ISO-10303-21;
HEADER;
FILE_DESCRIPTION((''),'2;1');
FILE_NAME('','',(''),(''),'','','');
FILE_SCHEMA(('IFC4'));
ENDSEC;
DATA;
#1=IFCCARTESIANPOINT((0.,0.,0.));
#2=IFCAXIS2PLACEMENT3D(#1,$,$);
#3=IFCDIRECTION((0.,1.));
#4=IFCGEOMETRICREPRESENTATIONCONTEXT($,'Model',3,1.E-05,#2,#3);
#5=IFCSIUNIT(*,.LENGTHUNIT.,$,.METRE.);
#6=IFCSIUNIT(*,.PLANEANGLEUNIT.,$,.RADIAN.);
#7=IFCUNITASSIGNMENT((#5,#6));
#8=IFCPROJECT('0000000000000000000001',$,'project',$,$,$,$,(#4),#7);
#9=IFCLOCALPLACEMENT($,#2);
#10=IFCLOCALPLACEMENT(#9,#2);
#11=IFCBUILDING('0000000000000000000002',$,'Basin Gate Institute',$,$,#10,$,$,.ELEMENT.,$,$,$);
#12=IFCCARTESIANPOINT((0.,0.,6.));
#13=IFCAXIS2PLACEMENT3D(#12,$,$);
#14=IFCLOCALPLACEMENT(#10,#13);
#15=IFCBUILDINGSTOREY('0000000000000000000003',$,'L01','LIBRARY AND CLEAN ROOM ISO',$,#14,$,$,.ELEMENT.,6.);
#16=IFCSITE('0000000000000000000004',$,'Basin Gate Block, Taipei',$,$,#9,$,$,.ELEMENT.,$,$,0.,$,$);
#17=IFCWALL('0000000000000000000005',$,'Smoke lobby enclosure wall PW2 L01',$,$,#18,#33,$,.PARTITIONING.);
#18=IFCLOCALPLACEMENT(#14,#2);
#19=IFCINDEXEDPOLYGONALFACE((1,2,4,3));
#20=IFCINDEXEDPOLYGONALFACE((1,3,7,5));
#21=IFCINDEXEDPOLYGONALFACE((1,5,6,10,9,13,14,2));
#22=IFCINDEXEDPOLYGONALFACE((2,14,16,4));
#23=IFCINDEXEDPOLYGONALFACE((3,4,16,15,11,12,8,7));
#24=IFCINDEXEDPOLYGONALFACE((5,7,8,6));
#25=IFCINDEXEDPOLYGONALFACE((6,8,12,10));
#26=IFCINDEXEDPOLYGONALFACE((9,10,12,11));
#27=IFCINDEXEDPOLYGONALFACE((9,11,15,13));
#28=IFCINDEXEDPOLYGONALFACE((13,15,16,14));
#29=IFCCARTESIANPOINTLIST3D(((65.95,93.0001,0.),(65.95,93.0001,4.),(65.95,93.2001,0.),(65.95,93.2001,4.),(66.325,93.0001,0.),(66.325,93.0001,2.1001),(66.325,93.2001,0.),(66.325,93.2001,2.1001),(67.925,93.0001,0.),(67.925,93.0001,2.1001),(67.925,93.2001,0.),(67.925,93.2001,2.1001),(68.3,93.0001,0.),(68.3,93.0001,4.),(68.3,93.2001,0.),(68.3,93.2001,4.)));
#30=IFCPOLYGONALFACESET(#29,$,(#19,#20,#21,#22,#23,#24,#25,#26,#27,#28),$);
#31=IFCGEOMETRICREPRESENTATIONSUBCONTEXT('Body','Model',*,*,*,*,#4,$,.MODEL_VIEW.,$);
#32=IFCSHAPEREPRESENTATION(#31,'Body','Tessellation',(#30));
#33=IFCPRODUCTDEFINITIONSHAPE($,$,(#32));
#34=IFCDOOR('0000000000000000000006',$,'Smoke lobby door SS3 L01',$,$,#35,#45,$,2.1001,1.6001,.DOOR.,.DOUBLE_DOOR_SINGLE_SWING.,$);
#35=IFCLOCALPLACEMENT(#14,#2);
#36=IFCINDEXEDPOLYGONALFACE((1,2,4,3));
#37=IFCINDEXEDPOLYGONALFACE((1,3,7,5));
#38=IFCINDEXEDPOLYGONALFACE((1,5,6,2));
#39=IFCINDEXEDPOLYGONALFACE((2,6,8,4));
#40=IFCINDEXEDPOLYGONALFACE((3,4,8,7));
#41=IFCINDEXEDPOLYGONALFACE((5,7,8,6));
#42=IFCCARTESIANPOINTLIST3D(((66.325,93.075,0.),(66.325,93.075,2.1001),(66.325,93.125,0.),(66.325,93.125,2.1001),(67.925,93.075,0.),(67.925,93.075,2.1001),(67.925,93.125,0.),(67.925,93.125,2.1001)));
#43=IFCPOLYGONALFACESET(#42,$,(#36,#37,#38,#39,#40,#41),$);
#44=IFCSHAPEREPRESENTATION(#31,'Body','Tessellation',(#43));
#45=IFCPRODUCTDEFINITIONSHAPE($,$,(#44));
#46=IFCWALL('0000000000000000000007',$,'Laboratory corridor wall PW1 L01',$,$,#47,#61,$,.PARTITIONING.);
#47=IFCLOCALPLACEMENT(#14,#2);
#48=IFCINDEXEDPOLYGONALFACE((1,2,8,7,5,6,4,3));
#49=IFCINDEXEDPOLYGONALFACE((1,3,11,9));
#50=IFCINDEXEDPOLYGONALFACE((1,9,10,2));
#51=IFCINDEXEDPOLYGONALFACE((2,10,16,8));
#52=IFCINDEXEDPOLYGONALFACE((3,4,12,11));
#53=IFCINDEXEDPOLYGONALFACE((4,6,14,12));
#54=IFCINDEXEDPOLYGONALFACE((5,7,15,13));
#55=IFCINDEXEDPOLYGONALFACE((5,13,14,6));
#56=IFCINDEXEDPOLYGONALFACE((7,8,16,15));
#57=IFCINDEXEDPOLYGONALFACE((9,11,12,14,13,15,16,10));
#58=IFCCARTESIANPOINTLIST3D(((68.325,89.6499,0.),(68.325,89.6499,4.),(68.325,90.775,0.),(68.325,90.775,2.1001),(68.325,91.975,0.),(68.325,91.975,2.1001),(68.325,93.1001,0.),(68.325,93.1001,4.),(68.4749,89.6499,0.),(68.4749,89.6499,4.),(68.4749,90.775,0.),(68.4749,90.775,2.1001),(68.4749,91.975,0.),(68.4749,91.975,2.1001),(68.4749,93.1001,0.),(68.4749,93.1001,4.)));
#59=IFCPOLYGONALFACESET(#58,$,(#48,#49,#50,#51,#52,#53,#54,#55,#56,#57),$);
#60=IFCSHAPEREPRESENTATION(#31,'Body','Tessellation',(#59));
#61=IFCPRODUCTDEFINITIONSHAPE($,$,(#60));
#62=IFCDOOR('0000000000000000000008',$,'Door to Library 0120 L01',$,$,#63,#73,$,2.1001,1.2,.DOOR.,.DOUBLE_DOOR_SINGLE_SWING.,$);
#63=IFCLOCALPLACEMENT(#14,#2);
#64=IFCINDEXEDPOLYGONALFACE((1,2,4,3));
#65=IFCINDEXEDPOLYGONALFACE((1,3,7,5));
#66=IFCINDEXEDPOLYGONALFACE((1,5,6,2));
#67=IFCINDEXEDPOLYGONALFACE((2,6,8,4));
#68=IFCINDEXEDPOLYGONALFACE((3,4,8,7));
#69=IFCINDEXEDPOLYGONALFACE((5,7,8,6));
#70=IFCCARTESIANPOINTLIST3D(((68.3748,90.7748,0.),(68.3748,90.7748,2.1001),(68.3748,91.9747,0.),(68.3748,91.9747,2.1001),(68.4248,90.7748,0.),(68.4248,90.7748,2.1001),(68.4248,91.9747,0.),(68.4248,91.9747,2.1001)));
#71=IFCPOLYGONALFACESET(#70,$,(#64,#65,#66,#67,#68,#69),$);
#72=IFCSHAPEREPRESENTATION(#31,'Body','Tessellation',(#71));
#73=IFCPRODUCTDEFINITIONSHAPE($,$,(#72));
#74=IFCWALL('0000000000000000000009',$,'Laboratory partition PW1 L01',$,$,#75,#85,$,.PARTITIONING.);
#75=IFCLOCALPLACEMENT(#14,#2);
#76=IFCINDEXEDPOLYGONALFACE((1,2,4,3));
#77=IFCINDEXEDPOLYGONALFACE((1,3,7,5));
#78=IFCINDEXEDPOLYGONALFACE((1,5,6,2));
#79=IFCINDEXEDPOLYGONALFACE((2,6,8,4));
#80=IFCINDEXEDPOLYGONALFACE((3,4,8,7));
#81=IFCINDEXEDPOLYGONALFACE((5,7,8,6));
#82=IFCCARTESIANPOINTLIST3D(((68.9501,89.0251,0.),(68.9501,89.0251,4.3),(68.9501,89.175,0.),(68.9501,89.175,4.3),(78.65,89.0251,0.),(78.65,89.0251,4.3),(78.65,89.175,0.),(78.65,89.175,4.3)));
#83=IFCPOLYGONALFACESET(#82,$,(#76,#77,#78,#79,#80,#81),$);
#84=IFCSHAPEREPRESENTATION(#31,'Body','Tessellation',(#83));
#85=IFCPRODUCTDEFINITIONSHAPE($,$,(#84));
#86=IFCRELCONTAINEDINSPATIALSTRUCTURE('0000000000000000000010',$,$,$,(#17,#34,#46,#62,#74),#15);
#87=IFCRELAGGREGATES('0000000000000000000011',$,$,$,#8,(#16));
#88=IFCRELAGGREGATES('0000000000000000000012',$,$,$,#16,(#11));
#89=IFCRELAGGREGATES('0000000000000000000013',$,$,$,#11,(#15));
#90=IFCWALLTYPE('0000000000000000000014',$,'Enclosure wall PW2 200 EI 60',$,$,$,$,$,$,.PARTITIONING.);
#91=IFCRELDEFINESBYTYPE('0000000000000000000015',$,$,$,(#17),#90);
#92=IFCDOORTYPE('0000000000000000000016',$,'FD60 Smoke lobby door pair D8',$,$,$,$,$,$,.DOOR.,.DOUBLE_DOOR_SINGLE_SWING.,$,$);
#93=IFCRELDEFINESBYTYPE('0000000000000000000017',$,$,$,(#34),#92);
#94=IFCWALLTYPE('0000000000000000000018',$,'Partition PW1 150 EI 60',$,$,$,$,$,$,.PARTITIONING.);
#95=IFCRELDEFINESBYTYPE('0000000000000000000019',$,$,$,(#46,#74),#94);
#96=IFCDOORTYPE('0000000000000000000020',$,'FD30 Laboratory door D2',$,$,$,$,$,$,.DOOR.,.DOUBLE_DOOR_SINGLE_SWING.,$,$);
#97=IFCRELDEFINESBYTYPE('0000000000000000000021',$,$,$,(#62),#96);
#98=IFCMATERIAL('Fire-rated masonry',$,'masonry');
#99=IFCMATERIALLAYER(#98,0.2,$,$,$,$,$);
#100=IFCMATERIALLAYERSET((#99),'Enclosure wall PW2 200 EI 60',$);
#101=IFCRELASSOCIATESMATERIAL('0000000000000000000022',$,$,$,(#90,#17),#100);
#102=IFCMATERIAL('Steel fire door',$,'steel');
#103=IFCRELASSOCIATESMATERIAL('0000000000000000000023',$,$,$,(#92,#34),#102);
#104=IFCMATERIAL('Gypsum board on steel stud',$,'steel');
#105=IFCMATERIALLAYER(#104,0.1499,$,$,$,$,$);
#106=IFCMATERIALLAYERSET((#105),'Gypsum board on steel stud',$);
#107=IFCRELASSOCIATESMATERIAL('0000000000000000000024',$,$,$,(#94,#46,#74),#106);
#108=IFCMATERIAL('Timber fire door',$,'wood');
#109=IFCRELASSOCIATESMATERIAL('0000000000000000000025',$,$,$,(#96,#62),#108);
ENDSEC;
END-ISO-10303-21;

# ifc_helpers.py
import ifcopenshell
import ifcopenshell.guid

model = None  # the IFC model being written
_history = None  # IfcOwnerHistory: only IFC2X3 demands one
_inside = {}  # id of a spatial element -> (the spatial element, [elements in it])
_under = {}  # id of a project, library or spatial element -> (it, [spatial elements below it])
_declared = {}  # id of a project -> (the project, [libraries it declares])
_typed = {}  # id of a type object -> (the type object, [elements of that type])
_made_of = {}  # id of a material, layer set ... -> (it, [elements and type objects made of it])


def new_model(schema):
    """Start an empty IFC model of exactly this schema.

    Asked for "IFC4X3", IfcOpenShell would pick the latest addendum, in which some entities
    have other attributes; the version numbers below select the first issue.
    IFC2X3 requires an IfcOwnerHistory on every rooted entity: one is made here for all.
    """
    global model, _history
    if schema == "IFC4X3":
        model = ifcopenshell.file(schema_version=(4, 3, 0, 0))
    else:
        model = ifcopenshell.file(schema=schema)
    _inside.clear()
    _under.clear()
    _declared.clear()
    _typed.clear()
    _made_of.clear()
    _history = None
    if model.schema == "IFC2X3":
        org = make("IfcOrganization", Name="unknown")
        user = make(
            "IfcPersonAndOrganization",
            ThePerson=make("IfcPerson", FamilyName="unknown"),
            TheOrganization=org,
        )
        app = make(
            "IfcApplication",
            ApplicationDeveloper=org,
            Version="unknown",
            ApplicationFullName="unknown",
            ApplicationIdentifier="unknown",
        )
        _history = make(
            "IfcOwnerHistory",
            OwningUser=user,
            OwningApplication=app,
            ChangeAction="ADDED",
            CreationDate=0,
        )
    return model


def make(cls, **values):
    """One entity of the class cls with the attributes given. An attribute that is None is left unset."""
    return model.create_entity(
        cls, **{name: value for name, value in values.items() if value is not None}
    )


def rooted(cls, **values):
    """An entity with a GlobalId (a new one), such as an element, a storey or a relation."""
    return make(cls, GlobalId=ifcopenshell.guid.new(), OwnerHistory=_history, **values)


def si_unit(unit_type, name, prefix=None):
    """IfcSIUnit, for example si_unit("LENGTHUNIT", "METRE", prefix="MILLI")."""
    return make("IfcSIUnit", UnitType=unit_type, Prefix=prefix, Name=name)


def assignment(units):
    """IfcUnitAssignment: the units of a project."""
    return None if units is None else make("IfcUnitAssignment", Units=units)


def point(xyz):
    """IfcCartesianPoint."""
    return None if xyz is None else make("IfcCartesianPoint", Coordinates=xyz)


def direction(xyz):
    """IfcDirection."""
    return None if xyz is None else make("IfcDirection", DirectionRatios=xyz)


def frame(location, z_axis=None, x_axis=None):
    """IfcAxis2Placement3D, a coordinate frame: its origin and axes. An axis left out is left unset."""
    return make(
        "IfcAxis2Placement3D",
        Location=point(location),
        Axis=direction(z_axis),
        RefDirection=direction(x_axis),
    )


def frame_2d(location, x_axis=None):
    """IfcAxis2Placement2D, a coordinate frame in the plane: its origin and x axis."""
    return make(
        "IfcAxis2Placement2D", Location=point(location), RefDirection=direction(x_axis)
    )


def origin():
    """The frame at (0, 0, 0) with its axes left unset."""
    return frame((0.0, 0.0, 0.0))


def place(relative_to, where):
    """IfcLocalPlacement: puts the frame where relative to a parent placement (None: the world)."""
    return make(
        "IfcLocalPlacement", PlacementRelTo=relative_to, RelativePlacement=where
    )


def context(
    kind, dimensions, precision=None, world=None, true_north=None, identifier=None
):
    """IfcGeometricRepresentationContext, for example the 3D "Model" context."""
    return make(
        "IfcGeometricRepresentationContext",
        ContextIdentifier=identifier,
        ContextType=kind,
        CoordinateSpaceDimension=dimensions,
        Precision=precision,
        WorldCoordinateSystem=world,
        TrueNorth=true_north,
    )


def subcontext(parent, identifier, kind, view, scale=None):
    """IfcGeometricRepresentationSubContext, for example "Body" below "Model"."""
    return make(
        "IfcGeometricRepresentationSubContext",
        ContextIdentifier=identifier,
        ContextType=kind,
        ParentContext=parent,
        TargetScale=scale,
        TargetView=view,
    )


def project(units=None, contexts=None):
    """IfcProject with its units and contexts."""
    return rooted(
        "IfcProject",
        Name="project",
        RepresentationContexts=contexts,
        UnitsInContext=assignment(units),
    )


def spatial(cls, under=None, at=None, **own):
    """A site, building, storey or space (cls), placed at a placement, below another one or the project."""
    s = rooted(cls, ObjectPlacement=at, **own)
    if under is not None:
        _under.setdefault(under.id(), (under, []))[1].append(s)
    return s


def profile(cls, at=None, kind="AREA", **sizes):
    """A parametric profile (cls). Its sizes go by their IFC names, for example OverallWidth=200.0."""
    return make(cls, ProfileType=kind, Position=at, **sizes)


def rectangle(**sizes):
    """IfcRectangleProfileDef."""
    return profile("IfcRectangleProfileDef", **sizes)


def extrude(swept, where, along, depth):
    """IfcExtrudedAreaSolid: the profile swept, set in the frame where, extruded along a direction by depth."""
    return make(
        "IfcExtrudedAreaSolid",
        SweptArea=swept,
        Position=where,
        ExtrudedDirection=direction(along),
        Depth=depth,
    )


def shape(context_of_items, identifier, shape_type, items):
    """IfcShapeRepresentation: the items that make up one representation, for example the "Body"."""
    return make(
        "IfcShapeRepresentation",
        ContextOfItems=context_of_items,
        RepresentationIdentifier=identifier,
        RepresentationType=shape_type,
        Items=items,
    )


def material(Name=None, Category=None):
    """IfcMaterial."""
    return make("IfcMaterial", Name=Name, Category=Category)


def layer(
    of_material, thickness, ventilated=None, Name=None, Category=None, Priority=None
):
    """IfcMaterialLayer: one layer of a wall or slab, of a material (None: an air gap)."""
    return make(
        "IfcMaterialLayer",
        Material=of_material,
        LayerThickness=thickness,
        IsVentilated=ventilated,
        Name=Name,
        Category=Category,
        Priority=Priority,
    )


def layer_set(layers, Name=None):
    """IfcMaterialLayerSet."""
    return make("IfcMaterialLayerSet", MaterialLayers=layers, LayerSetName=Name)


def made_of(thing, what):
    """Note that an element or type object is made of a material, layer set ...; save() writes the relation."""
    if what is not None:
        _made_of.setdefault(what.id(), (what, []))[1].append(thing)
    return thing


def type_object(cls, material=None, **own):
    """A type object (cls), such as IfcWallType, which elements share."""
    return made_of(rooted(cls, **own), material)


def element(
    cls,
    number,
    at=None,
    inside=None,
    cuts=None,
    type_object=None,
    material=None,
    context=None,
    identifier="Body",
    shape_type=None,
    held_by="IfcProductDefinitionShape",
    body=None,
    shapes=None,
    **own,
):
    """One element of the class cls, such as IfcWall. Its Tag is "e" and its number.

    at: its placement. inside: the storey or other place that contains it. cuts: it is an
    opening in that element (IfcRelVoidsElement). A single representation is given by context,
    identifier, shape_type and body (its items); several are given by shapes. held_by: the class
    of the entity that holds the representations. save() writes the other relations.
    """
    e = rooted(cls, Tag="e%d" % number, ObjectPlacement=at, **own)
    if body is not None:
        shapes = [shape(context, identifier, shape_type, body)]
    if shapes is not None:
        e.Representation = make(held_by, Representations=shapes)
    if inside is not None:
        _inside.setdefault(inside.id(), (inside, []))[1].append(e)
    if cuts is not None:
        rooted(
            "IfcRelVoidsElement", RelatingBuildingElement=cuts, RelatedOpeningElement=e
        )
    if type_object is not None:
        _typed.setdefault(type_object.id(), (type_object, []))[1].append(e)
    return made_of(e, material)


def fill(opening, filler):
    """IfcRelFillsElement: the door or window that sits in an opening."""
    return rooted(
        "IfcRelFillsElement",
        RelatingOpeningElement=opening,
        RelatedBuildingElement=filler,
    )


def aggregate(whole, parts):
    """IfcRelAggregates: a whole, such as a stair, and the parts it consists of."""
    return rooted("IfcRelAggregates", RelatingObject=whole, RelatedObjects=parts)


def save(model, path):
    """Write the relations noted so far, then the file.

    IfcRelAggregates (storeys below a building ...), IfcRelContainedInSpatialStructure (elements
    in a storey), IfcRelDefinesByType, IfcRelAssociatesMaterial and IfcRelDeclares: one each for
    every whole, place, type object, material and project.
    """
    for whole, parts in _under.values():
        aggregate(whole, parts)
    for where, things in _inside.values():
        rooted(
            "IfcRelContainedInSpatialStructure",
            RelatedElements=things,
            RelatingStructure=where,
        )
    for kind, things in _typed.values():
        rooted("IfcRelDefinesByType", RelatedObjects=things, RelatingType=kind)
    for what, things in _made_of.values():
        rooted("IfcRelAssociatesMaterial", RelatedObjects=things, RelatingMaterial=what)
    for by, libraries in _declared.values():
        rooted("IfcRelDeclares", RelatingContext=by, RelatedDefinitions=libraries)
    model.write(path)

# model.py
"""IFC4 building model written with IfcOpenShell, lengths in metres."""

from ifc_helpers import new_model, si_unit, direction, frame, frame_2d, origin, place, context, subcontext, project, spatial, rectangle, extrude, material, layer, layer_set, type_object, element, fill, save


model = new_model("IFC4")

# Units and contexts
model_context = context("Model", 3, precision=1e-05, world=origin(), true_north=direction((0.0, 1.0)))
body_context = subcontext(model_context, "Body", "Model", "MODEL_VIEW")
ifc_project = project(units=[si_unit("LENGTHUNIT", "METRE"), si_unit("PLANEANGLEUNIT", "RADIAN")], contexts=[model_context])

# Site, building, storey
site_placement = place(None, origin())
site = spatial("IfcSite", under=ifc_project, at=site_placement, Name="Basin Gate Block, Taipei", CompositionType="ELEMENT", RefElevation=0.0)
building_placement = place(site_placement, origin())
building = spatial("IfcBuilding", under=site, at=building_placement, Name="Basin Gate Institute", CompositionType="ELEMENT")
storey_placement = place(building_placement, frame((0.0, 0.0, 6.0)))
storey = spatial("IfcBuildingStorey", under=building, at=storey_placement, Name="L01", Description="LIBRARY AND CLEAN ROOM ISO", CompositionType="ELEMENT", Elevation=6.0)

# Walls, openings, doors
ifc_material_1 = material(Name="Fire-rated masonry", Category="masonry")
ifc_layer_1 = layer(ifc_material_1, 0.2)
ifc_layer_set_1 = layer_set([ifc_layer_1], Name="Enclosure wall PW2 200 EI 60")
wall_type_1 = type_object("IfcWallType", Name="Enclosure wall PW2 200 EI 60", PredefinedType="PARTITIONING", material=ifc_layer_set_1)
wall_1_placement = place(storey_placement, frame((65.95, 93.1001, 0.0), z_axis=(0.0, 0.0, 1.0), x_axis=(1.0, 0.0, 0.0)))
wall_1 = element("IfcWall", 1, at=wall_1_placement, inside=storey, type_object=wall_type_1, material=ifc_layer_set_1, Name="Smoke lobby enclosure wall PW2 L01", PredefinedType="PARTITIONING", context=body_context, shape_type="SweptSolid", body=[
    extrude(rectangle(XDim=2.3501, YDim=0.2, at=frame_2d((1.175, 0.0))), origin(), (0.0, 0.0, 1.0), 4.0),
])
opening_1_placement = place(wall_1_placement, frame((0.375, 0.0, 0.0)))
opening_1 = element("IfcOpeningElement", 2, at=opening_1_placement, cuts=wall_1, PredefinedType="OPENING", context=body_context, shape_type="SweptSolid", body=[
    extrude(rectangle(XDim=1.6001, YDim=2.1001, at=frame_2d((0.8, 1.05))), frame((0.0, 0.1099, 0.0), z_axis=(0.0, -1.0, 0.0), x_axis=(1.0, 0.0, 0.0)), (0.0, 0.0, 1.0), 0.22),
])
ifc_material_2 = material(Name="Steel fire door", Category="steel")
door_type_1 = type_object("IfcDoorType", Name="FD60 Smoke lobby door pair D8", OperationType="DOUBLE_DOOR_SINGLE_SWING", PredefinedType="DOOR", material=ifc_material_2)
door_1_placement = place(opening_1_placement, origin())
door_1 = element("IfcDoor", 3, at=door_1_placement, inside=storey, type_object=door_type_1, material=ifc_material_2, Name="Smoke lobby door SS3 L01", OperationType="DOUBLE_DOOR_SINGLE_SWING", OverallHeight=2.1001, OverallWidth=1.6001, PredefinedType="DOOR", context=body_context, shape_type="SweptSolid", body=[
    extrude(rectangle(XDim=1.6001, YDim=2.1001, at=frame_2d((0.8, 1.05))), frame((0.0, 0.0249, 0.0), z_axis=(0.0, -1.0, 0.0), x_axis=(1.0, 0.0, 0.0)), (0.0, 0.0, 1.0), 0.05),
])
fill(opening_1, door_1)
ifc_material_3 = material(Name="Gypsum board on steel stud", Category="steel")
ifc_layer_2 = layer(ifc_material_3, 0.1499)
ifc_layer_set_2 = layer_set([ifc_layer_2], Name="Gypsum board on steel stud")
wall_type_2 = type_object("IfcWallType", Name="Partition PW1 150 EI 60", PredefinedType="PARTITIONING", material=ifc_layer_set_2)
wall_2_placement = place(storey_placement, frame((68.3999, 89.6499, 0.0), z_axis=(0.0, 0.0, 1.0), x_axis=(0.0, 1.0, 0.0)))
wall_2 = element("IfcWall", 4, at=wall_2_placement, inside=storey, type_object=wall_type_2, material=ifc_layer_set_2, Name="Laboratory corridor wall PW1 L01", PredefinedType="PARTITIONING", context=body_context, shape_type="SweptSolid", body=[
    extrude(rectangle(XDim=3.4502, YDim=0.1499, at=frame_2d((1.7251, 0.0))), origin(), (0.0, 0.0, 1.0), 4.0),
])
opening_2_placement = place(wall_2_placement, frame((1.125, 0.0, 0.0)))
opening_2 = element("IfcOpeningElement", 5, at=opening_2_placement, cuts=wall_2, PredefinedType="OPENING", context=body_context, shape_type="SweptSolid", body=[
    extrude(rectangle(XDim=1.2, YDim=2.1001, at=frame_2d((0.6001, 1.05))), frame((0.0, 0.085, 0.0), z_axis=(0.0, -1.0, 0.0), x_axis=(1.0, 0.0, 0.0)), (0.0, 0.0, 1.0), 0.1699),
])
ifc_material_4 = material(Name="Timber fire door", Category="wood")
door_type_2 = type_object("IfcDoorType", Name="FD30 Laboratory door D2", OperationType="DOUBLE_DOOR_SINGLE_SWING", PredefinedType="DOOR", material=ifc_material_4)
door_2_placement = place(opening_2_placement, frame((1.2, 0.0, 0.0), z_axis=(0.0, 0.0, 1.0), x_axis=(-1.0, 0.0, 0.0)))
door_2 = element("IfcDoor", 6, at=door_2_placement, inside=storey, type_object=door_type_2, material=ifc_material_4, Name="Door to Library 0120 L01", OperationType="DOUBLE_DOOR_SINGLE_SWING", OverallHeight=2.1001, OverallWidth=1.2, PredefinedType="DOOR", context=body_context, shape_type="SweptSolid", body=[
    extrude(rectangle(XDim=1.2, YDim=2.1001, at=frame_2d((0.6001, 1.05))), frame((0.0, 0.0249, 0.0), z_axis=(0.0, -1.0, 0.0), x_axis=(1.0, 0.0, 0.0)), (0.0, 0.0, 1.0), 0.05),
])
fill(opening_2, door_2)

# Wall
wall_3_placement = place(storey_placement, frame((68.95, 89.1001, 0.0), z_axis=(0.0, 0.0, 1.0), x_axis=(1.0, 0.0, 0.0)))
element("IfcWall", 7, at=wall_3_placement, inside=storey, type_object=wall_type_2, material=ifc_layer_set_2, Name="Laboratory partition PW1 L01", PredefinedType="PARTITIONING", context=body_context, shape_type="SweptSolid", body=[
    extrude(rectangle(XDim=9.7, YDim=0.1499, at=frame_2d((4.8501, 0.0))), origin(), (0.0, 0.0, 1.0), 4.3),
])

save(model, "model.ifc")
